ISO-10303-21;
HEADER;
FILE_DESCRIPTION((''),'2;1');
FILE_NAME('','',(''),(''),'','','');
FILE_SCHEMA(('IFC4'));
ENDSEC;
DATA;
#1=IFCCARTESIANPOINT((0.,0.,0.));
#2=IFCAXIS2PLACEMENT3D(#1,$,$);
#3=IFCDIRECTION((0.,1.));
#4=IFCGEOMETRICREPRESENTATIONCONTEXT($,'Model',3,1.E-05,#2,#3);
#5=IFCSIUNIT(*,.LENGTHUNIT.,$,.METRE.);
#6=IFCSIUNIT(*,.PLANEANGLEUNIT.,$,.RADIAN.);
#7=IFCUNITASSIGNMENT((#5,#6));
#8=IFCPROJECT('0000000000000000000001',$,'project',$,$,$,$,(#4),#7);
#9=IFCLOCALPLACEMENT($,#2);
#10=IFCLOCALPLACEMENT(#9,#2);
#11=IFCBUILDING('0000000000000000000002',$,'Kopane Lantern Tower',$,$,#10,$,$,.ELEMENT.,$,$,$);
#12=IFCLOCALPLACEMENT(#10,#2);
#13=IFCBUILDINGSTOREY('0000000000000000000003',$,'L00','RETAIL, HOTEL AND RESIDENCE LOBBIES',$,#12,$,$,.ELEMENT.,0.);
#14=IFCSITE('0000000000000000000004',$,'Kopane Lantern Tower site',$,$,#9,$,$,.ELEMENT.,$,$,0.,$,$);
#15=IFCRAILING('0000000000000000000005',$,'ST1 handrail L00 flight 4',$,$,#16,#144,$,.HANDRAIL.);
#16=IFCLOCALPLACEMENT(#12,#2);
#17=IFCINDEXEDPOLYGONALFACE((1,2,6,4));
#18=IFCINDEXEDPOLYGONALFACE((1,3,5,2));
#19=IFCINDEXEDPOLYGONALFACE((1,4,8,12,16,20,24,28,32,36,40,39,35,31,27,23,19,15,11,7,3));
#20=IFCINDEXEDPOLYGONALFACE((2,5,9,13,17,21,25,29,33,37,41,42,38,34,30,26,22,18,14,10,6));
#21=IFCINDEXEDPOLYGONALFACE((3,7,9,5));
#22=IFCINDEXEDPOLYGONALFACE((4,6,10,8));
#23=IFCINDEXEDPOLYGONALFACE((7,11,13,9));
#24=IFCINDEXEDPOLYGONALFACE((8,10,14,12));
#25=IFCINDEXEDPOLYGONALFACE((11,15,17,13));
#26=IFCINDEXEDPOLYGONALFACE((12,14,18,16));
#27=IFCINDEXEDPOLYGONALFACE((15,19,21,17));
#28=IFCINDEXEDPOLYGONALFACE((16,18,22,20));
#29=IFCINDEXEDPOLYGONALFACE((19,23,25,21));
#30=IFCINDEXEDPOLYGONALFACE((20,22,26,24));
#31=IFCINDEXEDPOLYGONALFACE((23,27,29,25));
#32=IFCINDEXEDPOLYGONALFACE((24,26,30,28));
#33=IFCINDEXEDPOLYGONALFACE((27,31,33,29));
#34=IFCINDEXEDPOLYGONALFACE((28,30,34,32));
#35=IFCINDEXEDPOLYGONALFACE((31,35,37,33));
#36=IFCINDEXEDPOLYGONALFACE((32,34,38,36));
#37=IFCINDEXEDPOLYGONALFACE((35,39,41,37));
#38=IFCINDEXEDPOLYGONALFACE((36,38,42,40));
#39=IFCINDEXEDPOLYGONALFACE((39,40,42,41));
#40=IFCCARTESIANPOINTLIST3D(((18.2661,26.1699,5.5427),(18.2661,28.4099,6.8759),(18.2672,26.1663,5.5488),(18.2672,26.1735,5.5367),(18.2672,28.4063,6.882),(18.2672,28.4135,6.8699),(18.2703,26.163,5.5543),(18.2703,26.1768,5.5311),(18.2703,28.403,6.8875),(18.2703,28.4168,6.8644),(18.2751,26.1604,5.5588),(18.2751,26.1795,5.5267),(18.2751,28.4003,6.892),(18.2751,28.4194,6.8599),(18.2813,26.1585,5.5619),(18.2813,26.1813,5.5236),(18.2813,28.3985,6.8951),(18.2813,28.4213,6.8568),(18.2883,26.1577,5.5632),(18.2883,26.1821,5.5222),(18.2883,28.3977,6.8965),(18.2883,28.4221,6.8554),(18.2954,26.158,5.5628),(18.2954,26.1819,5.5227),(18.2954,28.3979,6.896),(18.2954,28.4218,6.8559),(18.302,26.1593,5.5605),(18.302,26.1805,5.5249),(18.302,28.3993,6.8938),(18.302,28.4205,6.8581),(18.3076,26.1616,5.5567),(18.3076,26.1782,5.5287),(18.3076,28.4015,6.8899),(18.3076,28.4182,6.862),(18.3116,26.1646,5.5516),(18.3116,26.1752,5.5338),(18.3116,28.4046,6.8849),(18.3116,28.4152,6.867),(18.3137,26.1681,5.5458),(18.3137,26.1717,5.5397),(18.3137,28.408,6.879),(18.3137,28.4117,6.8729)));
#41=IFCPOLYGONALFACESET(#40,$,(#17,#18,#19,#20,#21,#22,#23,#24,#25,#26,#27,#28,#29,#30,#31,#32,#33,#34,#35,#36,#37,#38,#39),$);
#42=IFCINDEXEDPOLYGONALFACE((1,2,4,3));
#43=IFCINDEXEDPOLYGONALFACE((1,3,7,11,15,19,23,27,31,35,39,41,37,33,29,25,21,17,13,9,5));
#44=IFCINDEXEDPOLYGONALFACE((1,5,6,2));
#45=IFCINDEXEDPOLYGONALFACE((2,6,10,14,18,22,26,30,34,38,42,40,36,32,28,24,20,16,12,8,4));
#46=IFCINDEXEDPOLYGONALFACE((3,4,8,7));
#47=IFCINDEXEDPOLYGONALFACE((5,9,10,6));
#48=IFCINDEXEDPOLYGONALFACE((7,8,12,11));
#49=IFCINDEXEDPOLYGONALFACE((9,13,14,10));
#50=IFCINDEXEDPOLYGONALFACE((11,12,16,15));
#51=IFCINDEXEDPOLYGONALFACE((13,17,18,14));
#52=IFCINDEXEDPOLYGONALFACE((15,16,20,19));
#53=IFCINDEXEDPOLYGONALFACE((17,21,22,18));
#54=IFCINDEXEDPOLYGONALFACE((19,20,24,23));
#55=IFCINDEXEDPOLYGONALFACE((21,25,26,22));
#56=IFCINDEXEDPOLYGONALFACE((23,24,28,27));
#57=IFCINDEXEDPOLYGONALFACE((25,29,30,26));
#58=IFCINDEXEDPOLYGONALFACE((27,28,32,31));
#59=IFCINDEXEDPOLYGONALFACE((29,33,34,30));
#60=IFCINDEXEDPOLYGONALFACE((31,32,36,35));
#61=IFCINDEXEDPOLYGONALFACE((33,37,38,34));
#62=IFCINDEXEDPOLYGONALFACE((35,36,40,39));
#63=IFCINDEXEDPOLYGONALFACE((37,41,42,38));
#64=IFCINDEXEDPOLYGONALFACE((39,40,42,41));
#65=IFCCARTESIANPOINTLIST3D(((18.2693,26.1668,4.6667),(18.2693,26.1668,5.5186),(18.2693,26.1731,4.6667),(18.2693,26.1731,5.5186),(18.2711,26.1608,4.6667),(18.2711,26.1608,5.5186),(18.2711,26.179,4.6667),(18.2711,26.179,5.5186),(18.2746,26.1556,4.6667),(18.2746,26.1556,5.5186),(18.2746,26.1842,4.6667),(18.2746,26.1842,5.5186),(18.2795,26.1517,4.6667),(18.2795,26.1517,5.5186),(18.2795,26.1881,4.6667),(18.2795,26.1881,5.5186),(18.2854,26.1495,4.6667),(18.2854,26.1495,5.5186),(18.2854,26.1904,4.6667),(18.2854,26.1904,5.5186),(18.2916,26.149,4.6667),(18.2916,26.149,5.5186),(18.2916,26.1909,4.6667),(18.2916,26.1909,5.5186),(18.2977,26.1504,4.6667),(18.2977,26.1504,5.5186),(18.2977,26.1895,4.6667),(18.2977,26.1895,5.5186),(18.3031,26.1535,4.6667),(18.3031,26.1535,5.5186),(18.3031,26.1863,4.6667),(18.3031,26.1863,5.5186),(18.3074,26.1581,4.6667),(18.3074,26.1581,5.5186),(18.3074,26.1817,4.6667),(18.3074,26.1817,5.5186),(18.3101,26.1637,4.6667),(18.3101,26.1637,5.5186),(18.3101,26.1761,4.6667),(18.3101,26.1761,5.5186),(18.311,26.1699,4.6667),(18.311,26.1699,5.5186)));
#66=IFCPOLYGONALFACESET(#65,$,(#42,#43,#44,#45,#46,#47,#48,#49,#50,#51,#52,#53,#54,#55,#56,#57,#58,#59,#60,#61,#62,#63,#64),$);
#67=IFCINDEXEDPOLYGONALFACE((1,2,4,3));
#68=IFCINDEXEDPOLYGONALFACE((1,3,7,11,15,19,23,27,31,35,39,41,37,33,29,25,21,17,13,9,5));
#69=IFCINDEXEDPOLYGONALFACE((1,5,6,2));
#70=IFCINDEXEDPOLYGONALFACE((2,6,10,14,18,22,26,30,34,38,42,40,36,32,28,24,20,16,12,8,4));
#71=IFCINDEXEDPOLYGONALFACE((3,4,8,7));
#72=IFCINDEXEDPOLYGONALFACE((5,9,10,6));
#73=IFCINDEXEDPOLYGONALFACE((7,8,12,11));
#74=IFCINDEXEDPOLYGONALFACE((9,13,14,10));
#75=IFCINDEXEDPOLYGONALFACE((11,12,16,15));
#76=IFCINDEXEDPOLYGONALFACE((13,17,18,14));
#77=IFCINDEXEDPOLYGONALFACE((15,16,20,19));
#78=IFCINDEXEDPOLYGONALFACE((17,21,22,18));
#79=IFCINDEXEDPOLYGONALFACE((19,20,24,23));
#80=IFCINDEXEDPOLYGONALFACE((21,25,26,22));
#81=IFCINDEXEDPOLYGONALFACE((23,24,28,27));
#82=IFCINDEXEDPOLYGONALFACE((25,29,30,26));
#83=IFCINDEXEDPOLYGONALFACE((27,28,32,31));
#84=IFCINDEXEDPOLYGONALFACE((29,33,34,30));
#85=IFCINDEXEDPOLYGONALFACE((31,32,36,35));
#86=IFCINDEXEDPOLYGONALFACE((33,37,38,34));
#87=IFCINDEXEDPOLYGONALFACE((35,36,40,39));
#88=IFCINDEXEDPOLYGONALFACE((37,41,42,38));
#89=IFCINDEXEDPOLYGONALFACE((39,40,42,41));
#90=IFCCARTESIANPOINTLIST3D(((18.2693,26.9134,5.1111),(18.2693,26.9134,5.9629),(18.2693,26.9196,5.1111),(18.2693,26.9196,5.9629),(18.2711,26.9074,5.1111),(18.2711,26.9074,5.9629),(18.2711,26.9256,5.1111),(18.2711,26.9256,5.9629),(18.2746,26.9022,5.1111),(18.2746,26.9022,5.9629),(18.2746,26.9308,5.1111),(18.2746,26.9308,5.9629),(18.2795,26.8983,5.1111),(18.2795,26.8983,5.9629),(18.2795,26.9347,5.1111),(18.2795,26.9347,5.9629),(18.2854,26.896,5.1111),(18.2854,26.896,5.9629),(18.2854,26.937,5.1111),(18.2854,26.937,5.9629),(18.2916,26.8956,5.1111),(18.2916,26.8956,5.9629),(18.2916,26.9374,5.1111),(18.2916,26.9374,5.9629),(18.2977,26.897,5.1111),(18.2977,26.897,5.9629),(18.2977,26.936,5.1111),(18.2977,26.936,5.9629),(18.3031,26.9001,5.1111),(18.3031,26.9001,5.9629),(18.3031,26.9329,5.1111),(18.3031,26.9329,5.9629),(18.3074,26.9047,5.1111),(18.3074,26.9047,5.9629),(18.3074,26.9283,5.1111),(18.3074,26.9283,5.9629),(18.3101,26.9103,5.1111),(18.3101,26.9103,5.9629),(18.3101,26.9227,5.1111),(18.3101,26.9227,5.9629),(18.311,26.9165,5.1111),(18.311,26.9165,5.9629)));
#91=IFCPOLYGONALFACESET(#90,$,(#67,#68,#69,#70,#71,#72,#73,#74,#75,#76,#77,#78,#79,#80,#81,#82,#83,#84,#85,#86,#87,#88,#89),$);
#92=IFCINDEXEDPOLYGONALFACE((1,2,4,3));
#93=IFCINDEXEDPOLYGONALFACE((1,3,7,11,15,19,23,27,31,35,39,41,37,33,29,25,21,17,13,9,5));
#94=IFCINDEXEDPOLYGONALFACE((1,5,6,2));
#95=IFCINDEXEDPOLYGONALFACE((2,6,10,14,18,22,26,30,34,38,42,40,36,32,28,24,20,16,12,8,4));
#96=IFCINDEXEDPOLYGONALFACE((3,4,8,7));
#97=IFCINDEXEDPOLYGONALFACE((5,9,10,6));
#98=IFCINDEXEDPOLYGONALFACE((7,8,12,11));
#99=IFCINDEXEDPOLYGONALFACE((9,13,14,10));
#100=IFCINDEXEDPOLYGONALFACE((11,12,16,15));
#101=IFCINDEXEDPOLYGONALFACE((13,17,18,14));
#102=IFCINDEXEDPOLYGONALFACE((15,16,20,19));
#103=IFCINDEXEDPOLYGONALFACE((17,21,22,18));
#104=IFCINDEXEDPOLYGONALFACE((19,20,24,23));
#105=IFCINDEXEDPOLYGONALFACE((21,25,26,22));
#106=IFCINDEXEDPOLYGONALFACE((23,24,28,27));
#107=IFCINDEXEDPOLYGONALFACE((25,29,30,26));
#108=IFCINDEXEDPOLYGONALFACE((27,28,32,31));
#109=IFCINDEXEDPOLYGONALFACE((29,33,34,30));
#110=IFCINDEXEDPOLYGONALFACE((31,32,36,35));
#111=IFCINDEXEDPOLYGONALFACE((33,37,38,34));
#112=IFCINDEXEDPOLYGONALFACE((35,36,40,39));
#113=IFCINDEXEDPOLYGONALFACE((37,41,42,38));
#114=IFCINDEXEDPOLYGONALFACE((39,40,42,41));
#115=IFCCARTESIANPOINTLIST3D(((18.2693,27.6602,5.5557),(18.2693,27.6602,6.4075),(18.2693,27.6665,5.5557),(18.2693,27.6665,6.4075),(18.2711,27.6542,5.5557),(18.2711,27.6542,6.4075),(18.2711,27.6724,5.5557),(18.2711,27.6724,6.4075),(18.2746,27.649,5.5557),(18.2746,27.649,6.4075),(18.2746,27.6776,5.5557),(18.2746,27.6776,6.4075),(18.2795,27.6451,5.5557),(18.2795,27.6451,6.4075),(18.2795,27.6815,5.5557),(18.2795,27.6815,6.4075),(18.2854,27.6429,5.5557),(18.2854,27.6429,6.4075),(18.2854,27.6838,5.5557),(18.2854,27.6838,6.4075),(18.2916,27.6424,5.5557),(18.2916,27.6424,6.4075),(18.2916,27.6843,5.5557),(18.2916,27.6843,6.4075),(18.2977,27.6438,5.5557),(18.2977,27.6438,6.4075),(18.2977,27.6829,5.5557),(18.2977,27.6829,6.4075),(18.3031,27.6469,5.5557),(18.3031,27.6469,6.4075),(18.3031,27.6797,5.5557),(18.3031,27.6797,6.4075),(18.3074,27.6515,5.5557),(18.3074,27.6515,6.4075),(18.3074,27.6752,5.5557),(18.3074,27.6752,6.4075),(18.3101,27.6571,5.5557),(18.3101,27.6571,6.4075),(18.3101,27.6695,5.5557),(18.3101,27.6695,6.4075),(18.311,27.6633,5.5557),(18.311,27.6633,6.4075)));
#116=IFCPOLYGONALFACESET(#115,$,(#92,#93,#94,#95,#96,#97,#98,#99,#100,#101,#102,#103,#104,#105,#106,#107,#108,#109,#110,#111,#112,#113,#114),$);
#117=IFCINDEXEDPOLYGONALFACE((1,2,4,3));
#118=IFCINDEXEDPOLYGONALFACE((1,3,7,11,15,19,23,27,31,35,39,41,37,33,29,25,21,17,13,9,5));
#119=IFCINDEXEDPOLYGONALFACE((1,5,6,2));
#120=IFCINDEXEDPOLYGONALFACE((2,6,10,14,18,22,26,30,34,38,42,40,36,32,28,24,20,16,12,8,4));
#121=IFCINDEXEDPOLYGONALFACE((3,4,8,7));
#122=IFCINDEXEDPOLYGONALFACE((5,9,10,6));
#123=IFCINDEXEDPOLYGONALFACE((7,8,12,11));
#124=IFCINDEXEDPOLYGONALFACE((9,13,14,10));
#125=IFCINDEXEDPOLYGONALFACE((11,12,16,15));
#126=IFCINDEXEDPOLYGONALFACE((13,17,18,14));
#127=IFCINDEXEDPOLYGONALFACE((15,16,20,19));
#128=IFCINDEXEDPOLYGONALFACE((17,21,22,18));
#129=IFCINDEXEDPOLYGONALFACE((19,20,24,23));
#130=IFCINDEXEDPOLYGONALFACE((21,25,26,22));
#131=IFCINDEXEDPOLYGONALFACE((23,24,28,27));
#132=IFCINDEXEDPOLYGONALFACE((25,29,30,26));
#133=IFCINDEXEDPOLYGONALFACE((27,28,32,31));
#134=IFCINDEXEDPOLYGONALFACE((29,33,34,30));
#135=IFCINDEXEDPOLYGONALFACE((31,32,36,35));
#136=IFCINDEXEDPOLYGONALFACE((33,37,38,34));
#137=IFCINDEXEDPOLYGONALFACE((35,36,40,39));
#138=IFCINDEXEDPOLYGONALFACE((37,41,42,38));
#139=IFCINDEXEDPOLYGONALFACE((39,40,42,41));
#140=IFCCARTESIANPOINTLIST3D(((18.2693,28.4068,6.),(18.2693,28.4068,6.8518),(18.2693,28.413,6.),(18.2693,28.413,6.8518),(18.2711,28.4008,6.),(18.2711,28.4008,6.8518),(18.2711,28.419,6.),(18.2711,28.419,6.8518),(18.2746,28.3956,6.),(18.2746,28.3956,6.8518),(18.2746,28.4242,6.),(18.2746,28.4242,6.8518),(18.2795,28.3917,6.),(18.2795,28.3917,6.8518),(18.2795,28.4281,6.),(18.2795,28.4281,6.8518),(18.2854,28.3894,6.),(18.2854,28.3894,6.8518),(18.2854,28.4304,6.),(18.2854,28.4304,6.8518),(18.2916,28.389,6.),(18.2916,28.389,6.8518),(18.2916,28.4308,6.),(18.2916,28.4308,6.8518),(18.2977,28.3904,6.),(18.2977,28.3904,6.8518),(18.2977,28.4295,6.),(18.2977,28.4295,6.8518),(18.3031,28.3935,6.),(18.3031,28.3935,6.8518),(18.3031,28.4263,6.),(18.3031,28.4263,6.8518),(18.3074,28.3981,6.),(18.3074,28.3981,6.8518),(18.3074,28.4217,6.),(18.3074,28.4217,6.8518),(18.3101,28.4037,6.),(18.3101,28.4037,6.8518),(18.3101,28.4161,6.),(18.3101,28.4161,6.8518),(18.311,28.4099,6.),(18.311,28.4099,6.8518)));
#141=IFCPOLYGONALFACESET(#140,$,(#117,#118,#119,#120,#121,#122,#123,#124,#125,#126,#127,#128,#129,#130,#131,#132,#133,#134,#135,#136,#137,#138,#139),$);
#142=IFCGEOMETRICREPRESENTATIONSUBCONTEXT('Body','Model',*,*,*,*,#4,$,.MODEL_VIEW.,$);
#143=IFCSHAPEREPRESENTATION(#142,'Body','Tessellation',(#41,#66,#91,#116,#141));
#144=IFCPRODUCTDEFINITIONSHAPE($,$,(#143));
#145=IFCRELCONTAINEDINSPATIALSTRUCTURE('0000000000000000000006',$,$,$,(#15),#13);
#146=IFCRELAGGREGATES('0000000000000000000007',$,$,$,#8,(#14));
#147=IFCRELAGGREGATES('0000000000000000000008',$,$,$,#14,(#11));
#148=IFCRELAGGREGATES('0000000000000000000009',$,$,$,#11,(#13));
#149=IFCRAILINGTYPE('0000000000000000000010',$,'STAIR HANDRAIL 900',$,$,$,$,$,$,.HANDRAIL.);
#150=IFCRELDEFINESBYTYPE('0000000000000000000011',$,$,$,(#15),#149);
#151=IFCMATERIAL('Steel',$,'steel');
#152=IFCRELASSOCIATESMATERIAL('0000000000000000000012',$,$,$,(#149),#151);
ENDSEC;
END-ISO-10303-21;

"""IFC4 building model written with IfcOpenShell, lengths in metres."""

from ifc_helpers import new_model, si_unit, direction, frame, origin, origin_2d, place, context, subcontext, project, spatial, circle, extrude, material, type_object, element, save


model = new_model("IFC4")

# Units and contexts
model_context = context("Model", 3, precision=1e-05, world=origin(), true_north=direction((0.0, 1.0)))
body_context = subcontext(model_context, "Body", "Model", "MODEL_VIEW")
ifc_project = project(units=[si_unit("LENGTHUNIT", "METRE"), si_unit("PLANEANGLEUNIT", "RADIAN")], contexts=[model_context])

# Site, building, storey
site_placement = place(None, origin())
site = spatial("IfcSite", under=ifc_project, at=site_placement, Name="Kopane Lantern Tower site", CompositionType="ELEMENT", RefElevation=0.0)
building_placement = place(site_placement, origin())
building = spatial("IfcBuilding", under=site, at=building_placement, Name="Kopane Lantern Tower", CompositionType="ELEMENT")
storey_placement = place(building_placement, origin())
storey = spatial("IfcBuildingStorey", under=building, at=storey_placement, Name="L00", Description="RETAIL, HOTEL AND RESIDENCE LOBBIES", CompositionType="ELEMENT", Elevation=0.0)

# Railing
ifc_material_1 = material(Name="Steel", Category="steel")
railing_type_1 = type_object("IfcRailingType", Name="STAIR HANDRAIL 900", PredefinedType="HANDRAIL", material=ifc_material_1)
for number, where, name in (
    (1, (18.29, 26.1699, 4.6667), "ST1 handrail L00 flight 4"),
):
    element("IfcRailing", number, at=place(storey_placement, frame(where)), inside=storey, type_object=railing_type_1, Name=name, PredefinedType="HANDRAIL", context=body_context, shape_type="SweptSolid", body=[
        extrude(circle(Radius=0.0239, at=origin_2d()), frame((0.0, 0.0, 0.876), z_axis=(0.0, 0.859306, 0.511462), x_axis=(-1.0, 0.0, 0.0)), (0.0, 0.0, 1.0), 2.6067),
        extrude(circle(Radius=0.021, at=origin_2d()), origin(), (0.0, 0.0, 1.0), 0.8518),
        extrude(circle(Radius=0.021, at=origin_2d()), frame((0.0, 0.7466, 0.4443)), (0.0, 0.0, 1.0), 0.8518),
        extrude(circle(Radius=0.021, at=origin_2d()), frame((0.0, 1.4934, 0.8889)), (0.0, 0.0, 1.0), 0.8518),
        extrude(circle(Radius=0.021, at=origin_2d()), frame((0.0, 2.24, 1.3333)), (0.0, 0.0, 1.0), 0.8518),
    ])

save(model, "model.ifc")
